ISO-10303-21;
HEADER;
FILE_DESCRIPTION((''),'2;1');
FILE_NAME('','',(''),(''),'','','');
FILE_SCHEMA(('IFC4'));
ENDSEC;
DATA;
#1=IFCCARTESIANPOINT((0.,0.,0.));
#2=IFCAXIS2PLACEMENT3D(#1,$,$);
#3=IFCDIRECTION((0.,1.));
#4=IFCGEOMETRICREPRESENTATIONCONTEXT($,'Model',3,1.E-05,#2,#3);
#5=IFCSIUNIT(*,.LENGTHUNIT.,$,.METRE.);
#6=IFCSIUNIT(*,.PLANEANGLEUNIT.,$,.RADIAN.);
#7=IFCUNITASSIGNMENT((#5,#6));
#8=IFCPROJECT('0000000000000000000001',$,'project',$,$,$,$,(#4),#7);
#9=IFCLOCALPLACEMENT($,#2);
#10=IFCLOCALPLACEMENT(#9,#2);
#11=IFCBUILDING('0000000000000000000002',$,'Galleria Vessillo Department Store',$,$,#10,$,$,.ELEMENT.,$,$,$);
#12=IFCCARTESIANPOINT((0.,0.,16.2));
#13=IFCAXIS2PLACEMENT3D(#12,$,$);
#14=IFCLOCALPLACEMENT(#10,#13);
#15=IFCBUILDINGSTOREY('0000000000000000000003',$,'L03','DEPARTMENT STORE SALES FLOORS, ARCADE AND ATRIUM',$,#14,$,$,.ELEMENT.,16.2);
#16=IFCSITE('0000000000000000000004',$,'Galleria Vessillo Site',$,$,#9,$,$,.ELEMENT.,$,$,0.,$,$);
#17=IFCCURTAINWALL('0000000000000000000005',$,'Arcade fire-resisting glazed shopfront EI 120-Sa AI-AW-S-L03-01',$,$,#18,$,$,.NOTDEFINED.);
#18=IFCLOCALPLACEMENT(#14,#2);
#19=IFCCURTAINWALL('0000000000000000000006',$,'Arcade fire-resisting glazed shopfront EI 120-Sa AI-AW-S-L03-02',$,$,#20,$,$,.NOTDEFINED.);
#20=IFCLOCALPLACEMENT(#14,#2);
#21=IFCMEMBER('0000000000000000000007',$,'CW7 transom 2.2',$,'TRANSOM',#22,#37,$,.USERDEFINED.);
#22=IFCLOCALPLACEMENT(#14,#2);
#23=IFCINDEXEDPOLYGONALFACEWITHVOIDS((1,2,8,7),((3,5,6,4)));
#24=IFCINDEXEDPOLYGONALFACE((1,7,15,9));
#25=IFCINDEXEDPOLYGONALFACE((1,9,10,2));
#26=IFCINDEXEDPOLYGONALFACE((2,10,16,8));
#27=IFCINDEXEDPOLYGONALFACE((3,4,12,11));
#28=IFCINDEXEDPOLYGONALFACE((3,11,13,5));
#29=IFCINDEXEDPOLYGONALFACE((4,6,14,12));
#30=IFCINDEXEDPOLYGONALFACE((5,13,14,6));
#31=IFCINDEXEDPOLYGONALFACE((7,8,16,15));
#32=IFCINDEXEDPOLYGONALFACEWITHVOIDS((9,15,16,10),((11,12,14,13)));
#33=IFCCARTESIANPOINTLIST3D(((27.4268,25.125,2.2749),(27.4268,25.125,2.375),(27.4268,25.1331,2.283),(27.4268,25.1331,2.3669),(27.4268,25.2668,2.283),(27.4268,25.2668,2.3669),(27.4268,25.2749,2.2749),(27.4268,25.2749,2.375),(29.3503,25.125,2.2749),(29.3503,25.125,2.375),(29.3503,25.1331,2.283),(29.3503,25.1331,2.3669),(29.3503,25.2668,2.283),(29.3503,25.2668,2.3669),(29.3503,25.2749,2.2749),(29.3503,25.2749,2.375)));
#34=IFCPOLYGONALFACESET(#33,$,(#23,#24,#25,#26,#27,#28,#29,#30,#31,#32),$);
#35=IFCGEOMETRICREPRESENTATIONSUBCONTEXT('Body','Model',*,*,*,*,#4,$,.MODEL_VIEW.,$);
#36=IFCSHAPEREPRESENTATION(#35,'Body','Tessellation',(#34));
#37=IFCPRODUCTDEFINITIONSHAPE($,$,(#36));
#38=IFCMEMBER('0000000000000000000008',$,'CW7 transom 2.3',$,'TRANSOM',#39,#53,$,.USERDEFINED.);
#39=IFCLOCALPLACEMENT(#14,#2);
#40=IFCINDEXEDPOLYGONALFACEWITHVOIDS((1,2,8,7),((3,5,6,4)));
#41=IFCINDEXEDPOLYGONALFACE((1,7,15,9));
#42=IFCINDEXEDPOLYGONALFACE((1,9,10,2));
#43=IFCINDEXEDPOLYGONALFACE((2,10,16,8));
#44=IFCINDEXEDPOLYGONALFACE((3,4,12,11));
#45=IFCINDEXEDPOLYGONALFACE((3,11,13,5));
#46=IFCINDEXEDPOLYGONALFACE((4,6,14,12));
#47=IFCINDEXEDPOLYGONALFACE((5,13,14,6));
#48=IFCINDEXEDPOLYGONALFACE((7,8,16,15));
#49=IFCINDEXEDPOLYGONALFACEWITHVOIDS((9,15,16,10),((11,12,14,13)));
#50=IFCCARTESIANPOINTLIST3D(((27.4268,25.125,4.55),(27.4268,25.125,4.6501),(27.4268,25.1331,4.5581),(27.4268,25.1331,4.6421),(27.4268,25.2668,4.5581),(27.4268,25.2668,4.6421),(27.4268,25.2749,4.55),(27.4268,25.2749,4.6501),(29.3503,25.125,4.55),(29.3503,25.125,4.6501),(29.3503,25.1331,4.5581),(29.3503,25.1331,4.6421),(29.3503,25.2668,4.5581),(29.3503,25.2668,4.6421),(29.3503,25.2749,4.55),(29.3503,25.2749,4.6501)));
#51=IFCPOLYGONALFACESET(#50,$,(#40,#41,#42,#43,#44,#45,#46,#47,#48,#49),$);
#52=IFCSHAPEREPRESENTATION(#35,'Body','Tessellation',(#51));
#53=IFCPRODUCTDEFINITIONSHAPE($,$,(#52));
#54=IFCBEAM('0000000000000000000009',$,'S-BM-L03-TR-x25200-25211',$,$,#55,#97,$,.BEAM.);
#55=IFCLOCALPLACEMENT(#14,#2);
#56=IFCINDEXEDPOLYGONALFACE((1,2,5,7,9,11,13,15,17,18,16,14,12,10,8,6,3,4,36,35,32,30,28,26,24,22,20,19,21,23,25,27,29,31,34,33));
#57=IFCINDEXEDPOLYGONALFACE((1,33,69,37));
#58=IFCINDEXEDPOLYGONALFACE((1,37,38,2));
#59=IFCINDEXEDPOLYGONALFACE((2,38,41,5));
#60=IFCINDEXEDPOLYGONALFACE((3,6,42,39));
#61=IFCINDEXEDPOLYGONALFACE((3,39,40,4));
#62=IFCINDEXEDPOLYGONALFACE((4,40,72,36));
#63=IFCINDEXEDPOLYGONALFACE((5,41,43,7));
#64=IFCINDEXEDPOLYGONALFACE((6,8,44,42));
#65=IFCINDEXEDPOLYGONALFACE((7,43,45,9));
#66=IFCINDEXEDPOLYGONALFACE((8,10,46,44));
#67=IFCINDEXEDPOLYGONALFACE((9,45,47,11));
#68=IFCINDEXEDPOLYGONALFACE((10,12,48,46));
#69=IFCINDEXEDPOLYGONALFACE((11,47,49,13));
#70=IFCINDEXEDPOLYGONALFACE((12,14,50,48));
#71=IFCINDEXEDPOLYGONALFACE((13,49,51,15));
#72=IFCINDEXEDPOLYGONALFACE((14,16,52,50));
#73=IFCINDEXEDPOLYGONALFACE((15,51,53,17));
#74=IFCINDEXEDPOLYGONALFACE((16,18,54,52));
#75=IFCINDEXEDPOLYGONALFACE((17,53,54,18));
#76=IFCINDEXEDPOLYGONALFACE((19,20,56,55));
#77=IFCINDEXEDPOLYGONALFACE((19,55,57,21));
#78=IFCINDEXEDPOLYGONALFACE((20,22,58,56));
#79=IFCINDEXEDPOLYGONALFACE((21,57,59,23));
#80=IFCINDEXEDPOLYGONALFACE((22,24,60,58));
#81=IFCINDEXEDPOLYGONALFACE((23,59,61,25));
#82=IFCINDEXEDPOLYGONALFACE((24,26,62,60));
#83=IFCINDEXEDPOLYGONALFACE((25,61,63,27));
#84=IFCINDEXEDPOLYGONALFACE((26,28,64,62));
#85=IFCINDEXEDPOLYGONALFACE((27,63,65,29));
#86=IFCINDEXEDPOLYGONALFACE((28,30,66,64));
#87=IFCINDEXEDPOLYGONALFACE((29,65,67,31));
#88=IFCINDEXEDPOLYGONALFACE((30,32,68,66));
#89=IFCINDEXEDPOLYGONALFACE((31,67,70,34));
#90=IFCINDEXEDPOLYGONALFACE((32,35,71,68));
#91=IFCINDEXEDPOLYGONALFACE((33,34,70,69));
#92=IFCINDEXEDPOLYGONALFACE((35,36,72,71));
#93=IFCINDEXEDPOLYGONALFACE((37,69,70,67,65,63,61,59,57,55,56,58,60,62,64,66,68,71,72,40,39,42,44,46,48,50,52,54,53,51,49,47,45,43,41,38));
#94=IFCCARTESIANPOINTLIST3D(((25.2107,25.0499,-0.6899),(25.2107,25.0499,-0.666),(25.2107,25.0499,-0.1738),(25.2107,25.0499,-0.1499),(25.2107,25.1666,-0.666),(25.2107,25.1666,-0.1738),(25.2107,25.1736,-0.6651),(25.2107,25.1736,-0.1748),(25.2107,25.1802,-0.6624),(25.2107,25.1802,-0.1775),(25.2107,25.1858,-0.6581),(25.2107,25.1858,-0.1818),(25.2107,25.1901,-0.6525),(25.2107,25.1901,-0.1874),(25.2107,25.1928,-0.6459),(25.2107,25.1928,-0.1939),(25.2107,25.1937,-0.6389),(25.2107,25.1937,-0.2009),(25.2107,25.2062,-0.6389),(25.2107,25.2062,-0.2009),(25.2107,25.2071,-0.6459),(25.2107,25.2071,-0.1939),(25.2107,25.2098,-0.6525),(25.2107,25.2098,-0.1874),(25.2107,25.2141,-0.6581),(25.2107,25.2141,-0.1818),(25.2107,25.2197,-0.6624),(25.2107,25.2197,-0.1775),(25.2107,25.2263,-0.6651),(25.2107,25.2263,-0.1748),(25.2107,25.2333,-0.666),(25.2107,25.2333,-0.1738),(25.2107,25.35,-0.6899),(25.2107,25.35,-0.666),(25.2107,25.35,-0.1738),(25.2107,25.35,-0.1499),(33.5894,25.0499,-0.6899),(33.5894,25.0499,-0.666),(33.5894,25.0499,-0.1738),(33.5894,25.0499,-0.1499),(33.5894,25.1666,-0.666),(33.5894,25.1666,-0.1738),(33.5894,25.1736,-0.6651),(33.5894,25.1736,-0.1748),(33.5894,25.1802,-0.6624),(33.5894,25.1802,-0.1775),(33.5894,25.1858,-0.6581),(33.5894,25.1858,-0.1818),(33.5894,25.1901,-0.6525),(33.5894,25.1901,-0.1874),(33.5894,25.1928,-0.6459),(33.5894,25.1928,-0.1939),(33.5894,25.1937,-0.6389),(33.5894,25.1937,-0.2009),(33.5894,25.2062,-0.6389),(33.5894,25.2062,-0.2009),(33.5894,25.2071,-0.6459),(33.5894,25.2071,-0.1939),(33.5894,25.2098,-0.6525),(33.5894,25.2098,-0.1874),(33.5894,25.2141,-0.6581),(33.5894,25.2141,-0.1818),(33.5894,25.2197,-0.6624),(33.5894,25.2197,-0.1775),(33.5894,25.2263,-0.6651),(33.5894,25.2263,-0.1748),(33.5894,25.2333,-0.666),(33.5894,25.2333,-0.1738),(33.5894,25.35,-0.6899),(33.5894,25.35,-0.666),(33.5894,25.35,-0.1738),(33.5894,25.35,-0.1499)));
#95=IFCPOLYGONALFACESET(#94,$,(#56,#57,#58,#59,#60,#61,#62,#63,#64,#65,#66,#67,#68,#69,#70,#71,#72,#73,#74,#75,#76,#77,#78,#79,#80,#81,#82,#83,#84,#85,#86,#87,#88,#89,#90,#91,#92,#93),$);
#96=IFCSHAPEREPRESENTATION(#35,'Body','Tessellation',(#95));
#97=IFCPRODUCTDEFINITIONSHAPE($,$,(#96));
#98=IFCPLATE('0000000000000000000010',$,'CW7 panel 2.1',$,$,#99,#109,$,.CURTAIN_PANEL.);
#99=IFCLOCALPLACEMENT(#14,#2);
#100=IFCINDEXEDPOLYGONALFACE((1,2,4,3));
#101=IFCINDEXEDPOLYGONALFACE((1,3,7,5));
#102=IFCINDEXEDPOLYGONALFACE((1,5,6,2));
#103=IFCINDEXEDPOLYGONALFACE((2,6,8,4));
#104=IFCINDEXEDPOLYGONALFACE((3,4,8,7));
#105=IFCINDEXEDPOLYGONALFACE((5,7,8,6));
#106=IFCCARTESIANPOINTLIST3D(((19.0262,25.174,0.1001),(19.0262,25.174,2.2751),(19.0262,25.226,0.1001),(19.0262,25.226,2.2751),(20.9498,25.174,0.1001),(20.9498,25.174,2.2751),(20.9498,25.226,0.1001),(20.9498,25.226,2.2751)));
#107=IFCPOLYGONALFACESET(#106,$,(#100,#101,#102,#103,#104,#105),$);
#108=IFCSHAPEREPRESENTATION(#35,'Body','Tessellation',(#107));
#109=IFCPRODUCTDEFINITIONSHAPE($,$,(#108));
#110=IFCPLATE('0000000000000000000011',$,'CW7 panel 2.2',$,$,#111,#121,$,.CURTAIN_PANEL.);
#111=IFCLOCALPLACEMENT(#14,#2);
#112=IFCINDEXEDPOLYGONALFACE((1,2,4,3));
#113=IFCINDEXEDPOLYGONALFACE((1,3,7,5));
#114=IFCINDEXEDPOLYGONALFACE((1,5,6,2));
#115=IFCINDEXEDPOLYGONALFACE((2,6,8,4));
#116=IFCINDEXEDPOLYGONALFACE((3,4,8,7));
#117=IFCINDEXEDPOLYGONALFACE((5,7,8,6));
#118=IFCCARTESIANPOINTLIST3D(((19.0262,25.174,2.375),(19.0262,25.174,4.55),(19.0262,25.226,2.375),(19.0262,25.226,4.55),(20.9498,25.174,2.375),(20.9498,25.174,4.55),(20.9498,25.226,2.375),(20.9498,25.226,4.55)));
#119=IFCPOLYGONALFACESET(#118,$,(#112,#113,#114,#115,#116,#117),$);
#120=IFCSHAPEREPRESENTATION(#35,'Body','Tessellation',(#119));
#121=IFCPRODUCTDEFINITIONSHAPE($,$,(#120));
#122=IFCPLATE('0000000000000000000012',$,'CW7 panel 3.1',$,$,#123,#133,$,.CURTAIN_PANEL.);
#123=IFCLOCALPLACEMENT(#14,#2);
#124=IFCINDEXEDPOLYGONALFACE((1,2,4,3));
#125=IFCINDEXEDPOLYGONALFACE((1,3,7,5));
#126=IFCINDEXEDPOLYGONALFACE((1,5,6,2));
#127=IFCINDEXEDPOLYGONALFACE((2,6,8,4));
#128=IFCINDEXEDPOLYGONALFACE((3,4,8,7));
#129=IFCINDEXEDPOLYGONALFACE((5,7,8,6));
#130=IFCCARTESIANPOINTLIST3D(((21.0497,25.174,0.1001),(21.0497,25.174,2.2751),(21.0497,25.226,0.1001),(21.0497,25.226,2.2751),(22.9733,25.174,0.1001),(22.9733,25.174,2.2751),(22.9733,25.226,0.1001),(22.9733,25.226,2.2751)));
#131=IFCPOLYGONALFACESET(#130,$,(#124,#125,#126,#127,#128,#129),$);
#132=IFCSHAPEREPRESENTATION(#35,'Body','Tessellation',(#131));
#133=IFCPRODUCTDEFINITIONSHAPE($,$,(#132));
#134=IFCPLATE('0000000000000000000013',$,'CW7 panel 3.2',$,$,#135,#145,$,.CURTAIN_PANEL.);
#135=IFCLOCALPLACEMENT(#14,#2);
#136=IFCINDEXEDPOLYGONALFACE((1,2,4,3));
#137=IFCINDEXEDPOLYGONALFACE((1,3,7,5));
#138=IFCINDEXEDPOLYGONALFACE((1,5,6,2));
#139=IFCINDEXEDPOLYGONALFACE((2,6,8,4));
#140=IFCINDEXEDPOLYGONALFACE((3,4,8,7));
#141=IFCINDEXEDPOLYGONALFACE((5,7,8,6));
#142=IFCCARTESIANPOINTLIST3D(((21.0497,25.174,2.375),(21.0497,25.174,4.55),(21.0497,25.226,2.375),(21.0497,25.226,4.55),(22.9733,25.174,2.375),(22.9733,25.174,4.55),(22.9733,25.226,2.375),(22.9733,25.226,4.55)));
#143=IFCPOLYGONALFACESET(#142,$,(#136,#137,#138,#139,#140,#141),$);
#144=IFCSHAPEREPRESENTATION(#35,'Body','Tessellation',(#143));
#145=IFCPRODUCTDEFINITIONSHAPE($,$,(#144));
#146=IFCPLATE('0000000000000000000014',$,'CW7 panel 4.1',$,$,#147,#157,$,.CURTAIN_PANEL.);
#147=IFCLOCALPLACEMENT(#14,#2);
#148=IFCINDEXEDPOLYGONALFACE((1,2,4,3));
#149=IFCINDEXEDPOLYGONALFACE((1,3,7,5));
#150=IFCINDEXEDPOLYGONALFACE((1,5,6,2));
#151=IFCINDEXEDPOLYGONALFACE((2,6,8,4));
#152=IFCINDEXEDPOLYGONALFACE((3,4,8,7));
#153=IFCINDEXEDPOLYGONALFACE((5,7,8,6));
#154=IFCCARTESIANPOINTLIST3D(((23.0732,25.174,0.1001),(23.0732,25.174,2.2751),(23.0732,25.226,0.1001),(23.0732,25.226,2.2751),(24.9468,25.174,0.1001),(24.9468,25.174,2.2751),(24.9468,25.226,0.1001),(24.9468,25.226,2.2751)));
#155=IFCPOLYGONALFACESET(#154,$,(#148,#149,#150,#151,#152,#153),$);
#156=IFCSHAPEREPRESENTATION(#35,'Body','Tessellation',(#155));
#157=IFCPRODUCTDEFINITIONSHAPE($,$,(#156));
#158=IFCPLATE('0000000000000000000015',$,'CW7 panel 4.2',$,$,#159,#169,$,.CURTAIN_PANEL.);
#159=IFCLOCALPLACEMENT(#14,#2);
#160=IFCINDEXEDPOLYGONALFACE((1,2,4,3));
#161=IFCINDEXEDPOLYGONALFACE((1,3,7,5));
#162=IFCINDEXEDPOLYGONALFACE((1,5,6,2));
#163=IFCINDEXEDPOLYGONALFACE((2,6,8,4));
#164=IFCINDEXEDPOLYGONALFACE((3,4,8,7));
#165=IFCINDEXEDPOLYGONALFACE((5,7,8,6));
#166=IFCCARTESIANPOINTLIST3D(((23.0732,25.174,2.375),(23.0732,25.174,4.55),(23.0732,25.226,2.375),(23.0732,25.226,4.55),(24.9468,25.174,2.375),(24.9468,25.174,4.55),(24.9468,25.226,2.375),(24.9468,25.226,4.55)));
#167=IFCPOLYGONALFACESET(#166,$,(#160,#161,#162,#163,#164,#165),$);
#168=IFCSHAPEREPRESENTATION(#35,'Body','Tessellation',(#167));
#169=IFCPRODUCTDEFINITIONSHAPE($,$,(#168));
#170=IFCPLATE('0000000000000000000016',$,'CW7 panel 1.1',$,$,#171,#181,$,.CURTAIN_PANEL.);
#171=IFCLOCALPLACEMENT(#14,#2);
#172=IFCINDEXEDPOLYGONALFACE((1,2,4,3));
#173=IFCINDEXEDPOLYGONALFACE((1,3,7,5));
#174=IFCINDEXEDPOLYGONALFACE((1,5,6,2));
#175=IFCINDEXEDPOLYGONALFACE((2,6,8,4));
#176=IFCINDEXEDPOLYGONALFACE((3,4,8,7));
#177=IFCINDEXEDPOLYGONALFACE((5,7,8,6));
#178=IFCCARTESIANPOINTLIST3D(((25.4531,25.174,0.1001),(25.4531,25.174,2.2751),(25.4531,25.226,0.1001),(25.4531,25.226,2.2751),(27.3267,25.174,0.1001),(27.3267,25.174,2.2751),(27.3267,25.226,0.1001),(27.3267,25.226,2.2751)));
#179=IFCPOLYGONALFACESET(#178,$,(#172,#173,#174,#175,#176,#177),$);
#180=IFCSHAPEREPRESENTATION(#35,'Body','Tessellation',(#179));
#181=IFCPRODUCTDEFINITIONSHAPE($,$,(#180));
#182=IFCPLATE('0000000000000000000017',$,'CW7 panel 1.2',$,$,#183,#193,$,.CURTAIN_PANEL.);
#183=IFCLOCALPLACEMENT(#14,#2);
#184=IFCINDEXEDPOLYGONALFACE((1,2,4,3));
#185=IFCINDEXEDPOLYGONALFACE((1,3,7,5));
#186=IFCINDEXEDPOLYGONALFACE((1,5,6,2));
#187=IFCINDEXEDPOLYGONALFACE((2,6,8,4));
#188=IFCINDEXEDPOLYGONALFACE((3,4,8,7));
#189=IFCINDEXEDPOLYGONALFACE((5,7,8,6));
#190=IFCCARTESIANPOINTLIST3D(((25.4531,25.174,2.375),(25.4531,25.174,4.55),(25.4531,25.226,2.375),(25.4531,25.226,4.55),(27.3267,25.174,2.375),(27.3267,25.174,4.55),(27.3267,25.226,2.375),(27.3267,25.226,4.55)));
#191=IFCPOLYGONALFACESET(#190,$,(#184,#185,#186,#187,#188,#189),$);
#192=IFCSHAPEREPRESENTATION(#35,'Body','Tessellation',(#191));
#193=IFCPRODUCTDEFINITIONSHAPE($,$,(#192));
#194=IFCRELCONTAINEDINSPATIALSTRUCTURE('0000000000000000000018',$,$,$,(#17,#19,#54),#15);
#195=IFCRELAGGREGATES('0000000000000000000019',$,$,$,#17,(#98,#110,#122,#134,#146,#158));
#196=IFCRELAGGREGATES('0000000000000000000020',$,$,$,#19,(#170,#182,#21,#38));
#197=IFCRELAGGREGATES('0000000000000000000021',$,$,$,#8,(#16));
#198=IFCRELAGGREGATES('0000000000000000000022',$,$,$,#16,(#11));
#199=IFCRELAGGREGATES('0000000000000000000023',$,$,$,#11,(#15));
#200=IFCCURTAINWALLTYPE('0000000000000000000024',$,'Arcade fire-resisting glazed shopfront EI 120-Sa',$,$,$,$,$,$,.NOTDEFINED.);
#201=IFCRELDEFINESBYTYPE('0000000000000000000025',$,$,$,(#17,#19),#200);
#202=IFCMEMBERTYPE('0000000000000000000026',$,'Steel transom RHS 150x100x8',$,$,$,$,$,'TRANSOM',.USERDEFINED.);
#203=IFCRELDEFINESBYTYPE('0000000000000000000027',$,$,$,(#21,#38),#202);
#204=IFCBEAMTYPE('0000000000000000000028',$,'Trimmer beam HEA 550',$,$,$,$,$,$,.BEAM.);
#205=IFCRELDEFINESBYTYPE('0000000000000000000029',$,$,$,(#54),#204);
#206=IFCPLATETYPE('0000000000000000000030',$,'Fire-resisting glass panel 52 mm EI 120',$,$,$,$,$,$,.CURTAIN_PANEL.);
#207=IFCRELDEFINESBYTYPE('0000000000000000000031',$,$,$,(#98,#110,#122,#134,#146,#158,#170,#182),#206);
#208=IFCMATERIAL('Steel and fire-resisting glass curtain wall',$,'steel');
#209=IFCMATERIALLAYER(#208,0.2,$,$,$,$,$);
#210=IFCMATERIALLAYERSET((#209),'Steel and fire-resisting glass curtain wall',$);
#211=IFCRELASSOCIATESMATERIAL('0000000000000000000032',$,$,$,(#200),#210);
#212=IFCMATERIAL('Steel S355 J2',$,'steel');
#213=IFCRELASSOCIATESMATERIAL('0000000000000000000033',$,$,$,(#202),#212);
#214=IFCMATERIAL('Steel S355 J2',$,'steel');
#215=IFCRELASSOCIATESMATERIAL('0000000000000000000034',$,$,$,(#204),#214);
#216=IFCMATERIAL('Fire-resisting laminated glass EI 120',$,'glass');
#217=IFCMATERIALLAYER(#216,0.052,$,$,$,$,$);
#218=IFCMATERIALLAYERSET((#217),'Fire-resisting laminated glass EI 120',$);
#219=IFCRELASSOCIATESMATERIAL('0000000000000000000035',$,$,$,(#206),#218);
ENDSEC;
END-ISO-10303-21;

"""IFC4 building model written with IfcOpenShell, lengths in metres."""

from ifc_helpers import new_model, si_unit, direction, frame, origin, origin_2d, place, context, subcontext, project, spatial, rectangle, hollow_rectangle, i_section, extrude, material, layer, layer_set, material_profile, profile_set, type_object, element, aggregate, save


model = new_model("IFC4")

# Units and contexts
model_context = context("Model", 3, precision=1e-05, world=origin(), true_north=direction((0.0, 1.0)))
body_context = subcontext(model_context, "Body", "Model", "MODEL_VIEW")
ifc_project = project(units=[si_unit("LENGTHUNIT", "METRE"), si_unit("PLANEANGLEUNIT", "RADIAN")], contexts=[model_context])

# Site, building, storey
site_placement = place(None, origin())
site = spatial("IfcSite", under=ifc_project, at=site_placement, Name="Galleria Vessillo Site", CompositionType="ELEMENT", RefElevation=0.0)
building_placement = place(site_placement, origin())
building = spatial("IfcBuilding", under=site, at=building_placement, Name="Galleria Vessillo Department Store", CompositionType="ELEMENT")
storey_placement = place(building_placement, frame((0.0, 0.0, 16.2)))
storey = spatial("IfcBuildingStorey", under=building, at=storey_placement, Name="L03", Description="DEPARTMENT STORE SALES FLOORS, ARCADE AND ATRIUM", CompositionType="ELEMENT", Elevation=16.2)

# Curtain walls
ifc_material_1 = material(Name="Steel and fire-resisting glass curtain wall", Category="steel")
ifc_layer_1 = layer(ifc_material_1, 0.2)
ifc_layer_set_1 = layer_set([ifc_layer_1], Name="Steel and fire-resisting glass curtain wall")
curtain_wall_type = type_object("IfcCurtainWallType", Name="Arcade fire-resisting glazed shopfront EI 120-Sa", PredefinedType="NOTDEFINED", material=ifc_layer_set_1)
curtain_wall_1_placement = place(storey_placement, origin())
curtain_wall_1 = element("IfcCurtainWall", 1, at=curtain_wall_1_placement, inside=storey, type_object=curtain_wall_type, Name="Arcade fire-resisting glazed shopfront EI 120-Sa AI-AW-S-L03-01", PredefinedType="NOTDEFINED")
curtain_wall_2_placement = place(storey_placement, origin())
curtain_wall_2 = element("IfcCurtainWall", 2, at=curtain_wall_2_placement, inside=storey, type_object=curtain_wall_type, Name="Arcade fire-resisting glazed shopfront EI 120-Sa AI-AW-S-L03-02", PredefinedType="NOTDEFINED")

# Members
ifc_material_2 = material(Name="Steel S355 J2", Category="steel")
ifc_material_profile_1 = material_profile(ifc_material_2, hollow_rectangle(XDim=0.1499, YDim=0.1001, WallThickness=0.0081, at=origin_2d()), Name="RHS 150x100x8")
ifc_profile_set_1 = profile_set([ifc_material_profile_1], Name="Steel S355 J2")
member_type_1 = type_object("IfcMemberType", Name="Steel transom RHS 150x100x8", ElementType="TRANSOM", PredefinedType="USERDEFINED", material=ifc_profile_set_1)
member_1_placement = place(storey_placement, frame((27.4268, 25.2, 2.325), z_axis=(1.0, 0.0, 0.0), x_axis=(0.0, 1.0, 0.0)))
member_1 = element("IfcMember", 3, at=member_1_placement, type_object=member_type_1, Name="CW7 transom 2.2", ObjectType="TRANSOM", PredefinedType="USERDEFINED", context=body_context, shape_type="SweptSolid", body=[
    extrude(hollow_rectangle(XDim=0.1499, YDim=0.1001, WallThickness=0.0081, at=origin_2d()), origin(), (0.0, 0.0, 1.0), 1.9236),
])
member_2_placement = place(storey_placement, frame((27.4268, 25.2, 4.6001), z_axis=(1.0, 0.0, 0.0), x_axis=(0.0, 1.0, 0.0)))
member_2 = element("IfcMember", 4, at=member_2_placement, type_object=member_type_1, Name="CW7 transom 2.3", ObjectType="TRANSOM", PredefinedType="USERDEFINED", context=body_context, shape_type="SweptSolid", body=[
    extrude(hollow_rectangle(XDim=0.1499, YDim=0.1001, WallThickness=0.0081, at=origin_2d()), origin(), (0.0, 0.0, 1.0), 1.9236),
])

# Beam
ifc_material_3 = material(Name="Steel S355 J2", Category="steel")
ifc_material_profile_2 = material_profile(ifc_material_3, i_section(OverallWidth=0.3, OverallDepth=0.54, WebThickness=0.0125, FlangeThickness=0.0239, FilletRadius=0.0271, at=origin_2d()), Name="HEA 550")
ifc_profile_set_2 = profile_set([ifc_material_profile_2], Name="Steel S355 J2")
beam_type = type_object("IfcBeamType", Name="Trimmer beam HEA 550", PredefinedType="BEAM", material=ifc_profile_set_2)
beam_placement = place(storey_placement, frame((25.2107, 25.2, -0.4199), z_axis=(1.0, 0.0, 0.0), x_axis=(0.0, 1.0, 0.0)))
element("IfcBeam", 5, at=beam_placement, inside=storey, type_object=beam_type, Name="S-BM-L03-TR-x25200-25211", PredefinedType="BEAM", context=body_context, shape_type="SweptSolid", body=[
    extrude(i_section(OverallWidth=0.3, OverallDepth=0.54, WebThickness=0.0125, FlangeThickness=0.0239, FilletRadius=0.0271, at=origin_2d()), origin(), (0.0, 0.0, 1.0), 8.3787),
])

# Plates
ifc_material_4 = material(Name="Fire-resisting laminated glass EI 120", Category="glass")
ifc_layer_2 = layer(ifc_material_4, 0.052)
ifc_layer_set_2 = layer_set([ifc_layer_2], Name="Fire-resisting laminated glass EI 120")
plate_type = type_object("IfcPlateType", Name="Fire-resisting glass panel 52 mm EI 120", PredefinedType="CURTAIN_PANEL", material=ifc_layer_set_2)
plate_1_placement = place(storey_placement, frame((19.988, 25.2, 0.1001), z_axis=(0.0, 0.0, 1.0), x_axis=(1.0, 0.0, 0.0)))
plate_1 = element("IfcPlate", 6, at=plate_1_placement, type_object=plate_type, Name="CW7 panel 2.1", PredefinedType="CURTAIN_PANEL", context=body_context, shape_type="SweptSolid", body=[
    extrude(rectangle(XDim=1.9236, YDim=0.052, at=origin_2d()), origin(), (0.0, 0.0, 1.0), 2.175),
])
plate_2_placement = place(storey_placement, frame((19.988, 25.2, 2.375), z_axis=(0.0, 0.0, 1.0), x_axis=(1.0, 0.0, 0.0)))
plate_2 = element("IfcPlate", 7, at=plate_2_placement, type_object=plate_type, Name="CW7 panel 2.2", PredefinedType="CURTAIN_PANEL", context=body_context, shape_type="SweptSolid", body=[
    extrude(rectangle(XDim=1.9236, YDim=0.052, at=origin_2d()), origin(), (0.0, 0.0, 1.0), 2.175),
])
plate_3_placement = place(storey_placement, frame((22.0115, 25.2, 0.1001), z_axis=(0.0, 0.0, 1.0), x_axis=(1.0, 0.0, 0.0)))
plate_3 = element("IfcPlate", 8, at=plate_3_placement, type_object=plate_type, Name="CW7 panel 3.1", PredefinedType="CURTAIN_PANEL", context=body_context, shape_type="SweptSolid", body=[
    extrude(rectangle(XDim=1.9236, YDim=0.052, at=origin_2d()), origin(), (0.0, 0.0, 1.0), 2.175),
])
plate_4_placement = place(storey_placement, frame((22.0115, 25.2, 2.375), z_axis=(0.0, 0.0, 1.0), x_axis=(1.0, 0.0, 0.0)))
plate_4 = element("IfcPlate", 9, at=plate_4_placement, type_object=plate_type, Name="CW7 panel 3.2", PredefinedType="CURTAIN_PANEL", context=body_context, shape_type="SweptSolid", body=[
    extrude(rectangle(XDim=1.9236, YDim=0.052, at=origin_2d()), origin(), (0.0, 0.0, 1.0), 2.175),
])
plate_5_placement = place(storey_placement, frame((24.01, 25.2, 0.1001), z_axis=(0.0, 0.0, 1.0), x_axis=(1.0, 0.0, 0.0)))
plate_5 = element("IfcPlate", 10, at=plate_5_placement, type_object=plate_type, Name="CW7 panel 4.1", PredefinedType="CURTAIN_PANEL", context=body_context, shape_type="SweptSolid", body=[
    extrude(rectangle(XDim=1.8735, YDim=0.052, at=origin_2d()), origin(), (0.0, 0.0, 1.0), 2.175),
])
plate_6_placement = place(storey_placement, frame((24.01, 25.2, 2.375), z_axis=(0.0, 0.0, 1.0), x_axis=(1.0, 0.0, 0.0)))
plate_6 = element("IfcPlate", 11, at=plate_6_placement, type_object=plate_type, Name="CW7 panel 4.2", PredefinedType="CURTAIN_PANEL", context=body_context, shape_type="SweptSolid", body=[
    extrude(rectangle(XDim=1.8735, YDim=0.052, at=origin_2d()), origin(), (0.0, 0.0, 1.0), 2.175),
])
aggregate(curtain_wall_1, [plate_1, plate_2, plate_3, plate_4, plate_5, plate_6])
plate_7_placement = place(storey_placement, frame((26.3899, 25.2, 0.1001), z_axis=(0.0, 0.0, 1.0), x_axis=(1.0, 0.0, 0.0)))
plate_7 = element("IfcPlate", 12, at=plate_7_placement, type_object=plate_type, Name="CW7 panel 1.1", PredefinedType="CURTAIN_PANEL", context=body_context, shape_type="SweptSolid", body=[
    extrude(rectangle(XDim=1.8735, YDim=0.052, at=origin_2d()), origin(), (0.0, 0.0, 1.0), 2.175),
])
plate_8_placement = place(storey_placement, frame((26.3899, 25.2, 2.375), z_axis=(0.0, 0.0, 1.0), x_axis=(1.0, 0.0, 0.0)))
plate_8 = element("IfcPlate", 13, at=plate_8_placement, type_object=plate_type, Name="CW7 panel 1.2", PredefinedType="CURTAIN_PANEL", context=body_context, shape_type="SweptSolid", body=[
    extrude(rectangle(XDim=1.8735, YDim=0.052, at=origin_2d()), origin(), (0.0, 0.0, 1.0), 2.175),
])
aggregate(curtain_wall_2, [plate_7, plate_8, member_1, member_2])

save(model, "model.ifc")
